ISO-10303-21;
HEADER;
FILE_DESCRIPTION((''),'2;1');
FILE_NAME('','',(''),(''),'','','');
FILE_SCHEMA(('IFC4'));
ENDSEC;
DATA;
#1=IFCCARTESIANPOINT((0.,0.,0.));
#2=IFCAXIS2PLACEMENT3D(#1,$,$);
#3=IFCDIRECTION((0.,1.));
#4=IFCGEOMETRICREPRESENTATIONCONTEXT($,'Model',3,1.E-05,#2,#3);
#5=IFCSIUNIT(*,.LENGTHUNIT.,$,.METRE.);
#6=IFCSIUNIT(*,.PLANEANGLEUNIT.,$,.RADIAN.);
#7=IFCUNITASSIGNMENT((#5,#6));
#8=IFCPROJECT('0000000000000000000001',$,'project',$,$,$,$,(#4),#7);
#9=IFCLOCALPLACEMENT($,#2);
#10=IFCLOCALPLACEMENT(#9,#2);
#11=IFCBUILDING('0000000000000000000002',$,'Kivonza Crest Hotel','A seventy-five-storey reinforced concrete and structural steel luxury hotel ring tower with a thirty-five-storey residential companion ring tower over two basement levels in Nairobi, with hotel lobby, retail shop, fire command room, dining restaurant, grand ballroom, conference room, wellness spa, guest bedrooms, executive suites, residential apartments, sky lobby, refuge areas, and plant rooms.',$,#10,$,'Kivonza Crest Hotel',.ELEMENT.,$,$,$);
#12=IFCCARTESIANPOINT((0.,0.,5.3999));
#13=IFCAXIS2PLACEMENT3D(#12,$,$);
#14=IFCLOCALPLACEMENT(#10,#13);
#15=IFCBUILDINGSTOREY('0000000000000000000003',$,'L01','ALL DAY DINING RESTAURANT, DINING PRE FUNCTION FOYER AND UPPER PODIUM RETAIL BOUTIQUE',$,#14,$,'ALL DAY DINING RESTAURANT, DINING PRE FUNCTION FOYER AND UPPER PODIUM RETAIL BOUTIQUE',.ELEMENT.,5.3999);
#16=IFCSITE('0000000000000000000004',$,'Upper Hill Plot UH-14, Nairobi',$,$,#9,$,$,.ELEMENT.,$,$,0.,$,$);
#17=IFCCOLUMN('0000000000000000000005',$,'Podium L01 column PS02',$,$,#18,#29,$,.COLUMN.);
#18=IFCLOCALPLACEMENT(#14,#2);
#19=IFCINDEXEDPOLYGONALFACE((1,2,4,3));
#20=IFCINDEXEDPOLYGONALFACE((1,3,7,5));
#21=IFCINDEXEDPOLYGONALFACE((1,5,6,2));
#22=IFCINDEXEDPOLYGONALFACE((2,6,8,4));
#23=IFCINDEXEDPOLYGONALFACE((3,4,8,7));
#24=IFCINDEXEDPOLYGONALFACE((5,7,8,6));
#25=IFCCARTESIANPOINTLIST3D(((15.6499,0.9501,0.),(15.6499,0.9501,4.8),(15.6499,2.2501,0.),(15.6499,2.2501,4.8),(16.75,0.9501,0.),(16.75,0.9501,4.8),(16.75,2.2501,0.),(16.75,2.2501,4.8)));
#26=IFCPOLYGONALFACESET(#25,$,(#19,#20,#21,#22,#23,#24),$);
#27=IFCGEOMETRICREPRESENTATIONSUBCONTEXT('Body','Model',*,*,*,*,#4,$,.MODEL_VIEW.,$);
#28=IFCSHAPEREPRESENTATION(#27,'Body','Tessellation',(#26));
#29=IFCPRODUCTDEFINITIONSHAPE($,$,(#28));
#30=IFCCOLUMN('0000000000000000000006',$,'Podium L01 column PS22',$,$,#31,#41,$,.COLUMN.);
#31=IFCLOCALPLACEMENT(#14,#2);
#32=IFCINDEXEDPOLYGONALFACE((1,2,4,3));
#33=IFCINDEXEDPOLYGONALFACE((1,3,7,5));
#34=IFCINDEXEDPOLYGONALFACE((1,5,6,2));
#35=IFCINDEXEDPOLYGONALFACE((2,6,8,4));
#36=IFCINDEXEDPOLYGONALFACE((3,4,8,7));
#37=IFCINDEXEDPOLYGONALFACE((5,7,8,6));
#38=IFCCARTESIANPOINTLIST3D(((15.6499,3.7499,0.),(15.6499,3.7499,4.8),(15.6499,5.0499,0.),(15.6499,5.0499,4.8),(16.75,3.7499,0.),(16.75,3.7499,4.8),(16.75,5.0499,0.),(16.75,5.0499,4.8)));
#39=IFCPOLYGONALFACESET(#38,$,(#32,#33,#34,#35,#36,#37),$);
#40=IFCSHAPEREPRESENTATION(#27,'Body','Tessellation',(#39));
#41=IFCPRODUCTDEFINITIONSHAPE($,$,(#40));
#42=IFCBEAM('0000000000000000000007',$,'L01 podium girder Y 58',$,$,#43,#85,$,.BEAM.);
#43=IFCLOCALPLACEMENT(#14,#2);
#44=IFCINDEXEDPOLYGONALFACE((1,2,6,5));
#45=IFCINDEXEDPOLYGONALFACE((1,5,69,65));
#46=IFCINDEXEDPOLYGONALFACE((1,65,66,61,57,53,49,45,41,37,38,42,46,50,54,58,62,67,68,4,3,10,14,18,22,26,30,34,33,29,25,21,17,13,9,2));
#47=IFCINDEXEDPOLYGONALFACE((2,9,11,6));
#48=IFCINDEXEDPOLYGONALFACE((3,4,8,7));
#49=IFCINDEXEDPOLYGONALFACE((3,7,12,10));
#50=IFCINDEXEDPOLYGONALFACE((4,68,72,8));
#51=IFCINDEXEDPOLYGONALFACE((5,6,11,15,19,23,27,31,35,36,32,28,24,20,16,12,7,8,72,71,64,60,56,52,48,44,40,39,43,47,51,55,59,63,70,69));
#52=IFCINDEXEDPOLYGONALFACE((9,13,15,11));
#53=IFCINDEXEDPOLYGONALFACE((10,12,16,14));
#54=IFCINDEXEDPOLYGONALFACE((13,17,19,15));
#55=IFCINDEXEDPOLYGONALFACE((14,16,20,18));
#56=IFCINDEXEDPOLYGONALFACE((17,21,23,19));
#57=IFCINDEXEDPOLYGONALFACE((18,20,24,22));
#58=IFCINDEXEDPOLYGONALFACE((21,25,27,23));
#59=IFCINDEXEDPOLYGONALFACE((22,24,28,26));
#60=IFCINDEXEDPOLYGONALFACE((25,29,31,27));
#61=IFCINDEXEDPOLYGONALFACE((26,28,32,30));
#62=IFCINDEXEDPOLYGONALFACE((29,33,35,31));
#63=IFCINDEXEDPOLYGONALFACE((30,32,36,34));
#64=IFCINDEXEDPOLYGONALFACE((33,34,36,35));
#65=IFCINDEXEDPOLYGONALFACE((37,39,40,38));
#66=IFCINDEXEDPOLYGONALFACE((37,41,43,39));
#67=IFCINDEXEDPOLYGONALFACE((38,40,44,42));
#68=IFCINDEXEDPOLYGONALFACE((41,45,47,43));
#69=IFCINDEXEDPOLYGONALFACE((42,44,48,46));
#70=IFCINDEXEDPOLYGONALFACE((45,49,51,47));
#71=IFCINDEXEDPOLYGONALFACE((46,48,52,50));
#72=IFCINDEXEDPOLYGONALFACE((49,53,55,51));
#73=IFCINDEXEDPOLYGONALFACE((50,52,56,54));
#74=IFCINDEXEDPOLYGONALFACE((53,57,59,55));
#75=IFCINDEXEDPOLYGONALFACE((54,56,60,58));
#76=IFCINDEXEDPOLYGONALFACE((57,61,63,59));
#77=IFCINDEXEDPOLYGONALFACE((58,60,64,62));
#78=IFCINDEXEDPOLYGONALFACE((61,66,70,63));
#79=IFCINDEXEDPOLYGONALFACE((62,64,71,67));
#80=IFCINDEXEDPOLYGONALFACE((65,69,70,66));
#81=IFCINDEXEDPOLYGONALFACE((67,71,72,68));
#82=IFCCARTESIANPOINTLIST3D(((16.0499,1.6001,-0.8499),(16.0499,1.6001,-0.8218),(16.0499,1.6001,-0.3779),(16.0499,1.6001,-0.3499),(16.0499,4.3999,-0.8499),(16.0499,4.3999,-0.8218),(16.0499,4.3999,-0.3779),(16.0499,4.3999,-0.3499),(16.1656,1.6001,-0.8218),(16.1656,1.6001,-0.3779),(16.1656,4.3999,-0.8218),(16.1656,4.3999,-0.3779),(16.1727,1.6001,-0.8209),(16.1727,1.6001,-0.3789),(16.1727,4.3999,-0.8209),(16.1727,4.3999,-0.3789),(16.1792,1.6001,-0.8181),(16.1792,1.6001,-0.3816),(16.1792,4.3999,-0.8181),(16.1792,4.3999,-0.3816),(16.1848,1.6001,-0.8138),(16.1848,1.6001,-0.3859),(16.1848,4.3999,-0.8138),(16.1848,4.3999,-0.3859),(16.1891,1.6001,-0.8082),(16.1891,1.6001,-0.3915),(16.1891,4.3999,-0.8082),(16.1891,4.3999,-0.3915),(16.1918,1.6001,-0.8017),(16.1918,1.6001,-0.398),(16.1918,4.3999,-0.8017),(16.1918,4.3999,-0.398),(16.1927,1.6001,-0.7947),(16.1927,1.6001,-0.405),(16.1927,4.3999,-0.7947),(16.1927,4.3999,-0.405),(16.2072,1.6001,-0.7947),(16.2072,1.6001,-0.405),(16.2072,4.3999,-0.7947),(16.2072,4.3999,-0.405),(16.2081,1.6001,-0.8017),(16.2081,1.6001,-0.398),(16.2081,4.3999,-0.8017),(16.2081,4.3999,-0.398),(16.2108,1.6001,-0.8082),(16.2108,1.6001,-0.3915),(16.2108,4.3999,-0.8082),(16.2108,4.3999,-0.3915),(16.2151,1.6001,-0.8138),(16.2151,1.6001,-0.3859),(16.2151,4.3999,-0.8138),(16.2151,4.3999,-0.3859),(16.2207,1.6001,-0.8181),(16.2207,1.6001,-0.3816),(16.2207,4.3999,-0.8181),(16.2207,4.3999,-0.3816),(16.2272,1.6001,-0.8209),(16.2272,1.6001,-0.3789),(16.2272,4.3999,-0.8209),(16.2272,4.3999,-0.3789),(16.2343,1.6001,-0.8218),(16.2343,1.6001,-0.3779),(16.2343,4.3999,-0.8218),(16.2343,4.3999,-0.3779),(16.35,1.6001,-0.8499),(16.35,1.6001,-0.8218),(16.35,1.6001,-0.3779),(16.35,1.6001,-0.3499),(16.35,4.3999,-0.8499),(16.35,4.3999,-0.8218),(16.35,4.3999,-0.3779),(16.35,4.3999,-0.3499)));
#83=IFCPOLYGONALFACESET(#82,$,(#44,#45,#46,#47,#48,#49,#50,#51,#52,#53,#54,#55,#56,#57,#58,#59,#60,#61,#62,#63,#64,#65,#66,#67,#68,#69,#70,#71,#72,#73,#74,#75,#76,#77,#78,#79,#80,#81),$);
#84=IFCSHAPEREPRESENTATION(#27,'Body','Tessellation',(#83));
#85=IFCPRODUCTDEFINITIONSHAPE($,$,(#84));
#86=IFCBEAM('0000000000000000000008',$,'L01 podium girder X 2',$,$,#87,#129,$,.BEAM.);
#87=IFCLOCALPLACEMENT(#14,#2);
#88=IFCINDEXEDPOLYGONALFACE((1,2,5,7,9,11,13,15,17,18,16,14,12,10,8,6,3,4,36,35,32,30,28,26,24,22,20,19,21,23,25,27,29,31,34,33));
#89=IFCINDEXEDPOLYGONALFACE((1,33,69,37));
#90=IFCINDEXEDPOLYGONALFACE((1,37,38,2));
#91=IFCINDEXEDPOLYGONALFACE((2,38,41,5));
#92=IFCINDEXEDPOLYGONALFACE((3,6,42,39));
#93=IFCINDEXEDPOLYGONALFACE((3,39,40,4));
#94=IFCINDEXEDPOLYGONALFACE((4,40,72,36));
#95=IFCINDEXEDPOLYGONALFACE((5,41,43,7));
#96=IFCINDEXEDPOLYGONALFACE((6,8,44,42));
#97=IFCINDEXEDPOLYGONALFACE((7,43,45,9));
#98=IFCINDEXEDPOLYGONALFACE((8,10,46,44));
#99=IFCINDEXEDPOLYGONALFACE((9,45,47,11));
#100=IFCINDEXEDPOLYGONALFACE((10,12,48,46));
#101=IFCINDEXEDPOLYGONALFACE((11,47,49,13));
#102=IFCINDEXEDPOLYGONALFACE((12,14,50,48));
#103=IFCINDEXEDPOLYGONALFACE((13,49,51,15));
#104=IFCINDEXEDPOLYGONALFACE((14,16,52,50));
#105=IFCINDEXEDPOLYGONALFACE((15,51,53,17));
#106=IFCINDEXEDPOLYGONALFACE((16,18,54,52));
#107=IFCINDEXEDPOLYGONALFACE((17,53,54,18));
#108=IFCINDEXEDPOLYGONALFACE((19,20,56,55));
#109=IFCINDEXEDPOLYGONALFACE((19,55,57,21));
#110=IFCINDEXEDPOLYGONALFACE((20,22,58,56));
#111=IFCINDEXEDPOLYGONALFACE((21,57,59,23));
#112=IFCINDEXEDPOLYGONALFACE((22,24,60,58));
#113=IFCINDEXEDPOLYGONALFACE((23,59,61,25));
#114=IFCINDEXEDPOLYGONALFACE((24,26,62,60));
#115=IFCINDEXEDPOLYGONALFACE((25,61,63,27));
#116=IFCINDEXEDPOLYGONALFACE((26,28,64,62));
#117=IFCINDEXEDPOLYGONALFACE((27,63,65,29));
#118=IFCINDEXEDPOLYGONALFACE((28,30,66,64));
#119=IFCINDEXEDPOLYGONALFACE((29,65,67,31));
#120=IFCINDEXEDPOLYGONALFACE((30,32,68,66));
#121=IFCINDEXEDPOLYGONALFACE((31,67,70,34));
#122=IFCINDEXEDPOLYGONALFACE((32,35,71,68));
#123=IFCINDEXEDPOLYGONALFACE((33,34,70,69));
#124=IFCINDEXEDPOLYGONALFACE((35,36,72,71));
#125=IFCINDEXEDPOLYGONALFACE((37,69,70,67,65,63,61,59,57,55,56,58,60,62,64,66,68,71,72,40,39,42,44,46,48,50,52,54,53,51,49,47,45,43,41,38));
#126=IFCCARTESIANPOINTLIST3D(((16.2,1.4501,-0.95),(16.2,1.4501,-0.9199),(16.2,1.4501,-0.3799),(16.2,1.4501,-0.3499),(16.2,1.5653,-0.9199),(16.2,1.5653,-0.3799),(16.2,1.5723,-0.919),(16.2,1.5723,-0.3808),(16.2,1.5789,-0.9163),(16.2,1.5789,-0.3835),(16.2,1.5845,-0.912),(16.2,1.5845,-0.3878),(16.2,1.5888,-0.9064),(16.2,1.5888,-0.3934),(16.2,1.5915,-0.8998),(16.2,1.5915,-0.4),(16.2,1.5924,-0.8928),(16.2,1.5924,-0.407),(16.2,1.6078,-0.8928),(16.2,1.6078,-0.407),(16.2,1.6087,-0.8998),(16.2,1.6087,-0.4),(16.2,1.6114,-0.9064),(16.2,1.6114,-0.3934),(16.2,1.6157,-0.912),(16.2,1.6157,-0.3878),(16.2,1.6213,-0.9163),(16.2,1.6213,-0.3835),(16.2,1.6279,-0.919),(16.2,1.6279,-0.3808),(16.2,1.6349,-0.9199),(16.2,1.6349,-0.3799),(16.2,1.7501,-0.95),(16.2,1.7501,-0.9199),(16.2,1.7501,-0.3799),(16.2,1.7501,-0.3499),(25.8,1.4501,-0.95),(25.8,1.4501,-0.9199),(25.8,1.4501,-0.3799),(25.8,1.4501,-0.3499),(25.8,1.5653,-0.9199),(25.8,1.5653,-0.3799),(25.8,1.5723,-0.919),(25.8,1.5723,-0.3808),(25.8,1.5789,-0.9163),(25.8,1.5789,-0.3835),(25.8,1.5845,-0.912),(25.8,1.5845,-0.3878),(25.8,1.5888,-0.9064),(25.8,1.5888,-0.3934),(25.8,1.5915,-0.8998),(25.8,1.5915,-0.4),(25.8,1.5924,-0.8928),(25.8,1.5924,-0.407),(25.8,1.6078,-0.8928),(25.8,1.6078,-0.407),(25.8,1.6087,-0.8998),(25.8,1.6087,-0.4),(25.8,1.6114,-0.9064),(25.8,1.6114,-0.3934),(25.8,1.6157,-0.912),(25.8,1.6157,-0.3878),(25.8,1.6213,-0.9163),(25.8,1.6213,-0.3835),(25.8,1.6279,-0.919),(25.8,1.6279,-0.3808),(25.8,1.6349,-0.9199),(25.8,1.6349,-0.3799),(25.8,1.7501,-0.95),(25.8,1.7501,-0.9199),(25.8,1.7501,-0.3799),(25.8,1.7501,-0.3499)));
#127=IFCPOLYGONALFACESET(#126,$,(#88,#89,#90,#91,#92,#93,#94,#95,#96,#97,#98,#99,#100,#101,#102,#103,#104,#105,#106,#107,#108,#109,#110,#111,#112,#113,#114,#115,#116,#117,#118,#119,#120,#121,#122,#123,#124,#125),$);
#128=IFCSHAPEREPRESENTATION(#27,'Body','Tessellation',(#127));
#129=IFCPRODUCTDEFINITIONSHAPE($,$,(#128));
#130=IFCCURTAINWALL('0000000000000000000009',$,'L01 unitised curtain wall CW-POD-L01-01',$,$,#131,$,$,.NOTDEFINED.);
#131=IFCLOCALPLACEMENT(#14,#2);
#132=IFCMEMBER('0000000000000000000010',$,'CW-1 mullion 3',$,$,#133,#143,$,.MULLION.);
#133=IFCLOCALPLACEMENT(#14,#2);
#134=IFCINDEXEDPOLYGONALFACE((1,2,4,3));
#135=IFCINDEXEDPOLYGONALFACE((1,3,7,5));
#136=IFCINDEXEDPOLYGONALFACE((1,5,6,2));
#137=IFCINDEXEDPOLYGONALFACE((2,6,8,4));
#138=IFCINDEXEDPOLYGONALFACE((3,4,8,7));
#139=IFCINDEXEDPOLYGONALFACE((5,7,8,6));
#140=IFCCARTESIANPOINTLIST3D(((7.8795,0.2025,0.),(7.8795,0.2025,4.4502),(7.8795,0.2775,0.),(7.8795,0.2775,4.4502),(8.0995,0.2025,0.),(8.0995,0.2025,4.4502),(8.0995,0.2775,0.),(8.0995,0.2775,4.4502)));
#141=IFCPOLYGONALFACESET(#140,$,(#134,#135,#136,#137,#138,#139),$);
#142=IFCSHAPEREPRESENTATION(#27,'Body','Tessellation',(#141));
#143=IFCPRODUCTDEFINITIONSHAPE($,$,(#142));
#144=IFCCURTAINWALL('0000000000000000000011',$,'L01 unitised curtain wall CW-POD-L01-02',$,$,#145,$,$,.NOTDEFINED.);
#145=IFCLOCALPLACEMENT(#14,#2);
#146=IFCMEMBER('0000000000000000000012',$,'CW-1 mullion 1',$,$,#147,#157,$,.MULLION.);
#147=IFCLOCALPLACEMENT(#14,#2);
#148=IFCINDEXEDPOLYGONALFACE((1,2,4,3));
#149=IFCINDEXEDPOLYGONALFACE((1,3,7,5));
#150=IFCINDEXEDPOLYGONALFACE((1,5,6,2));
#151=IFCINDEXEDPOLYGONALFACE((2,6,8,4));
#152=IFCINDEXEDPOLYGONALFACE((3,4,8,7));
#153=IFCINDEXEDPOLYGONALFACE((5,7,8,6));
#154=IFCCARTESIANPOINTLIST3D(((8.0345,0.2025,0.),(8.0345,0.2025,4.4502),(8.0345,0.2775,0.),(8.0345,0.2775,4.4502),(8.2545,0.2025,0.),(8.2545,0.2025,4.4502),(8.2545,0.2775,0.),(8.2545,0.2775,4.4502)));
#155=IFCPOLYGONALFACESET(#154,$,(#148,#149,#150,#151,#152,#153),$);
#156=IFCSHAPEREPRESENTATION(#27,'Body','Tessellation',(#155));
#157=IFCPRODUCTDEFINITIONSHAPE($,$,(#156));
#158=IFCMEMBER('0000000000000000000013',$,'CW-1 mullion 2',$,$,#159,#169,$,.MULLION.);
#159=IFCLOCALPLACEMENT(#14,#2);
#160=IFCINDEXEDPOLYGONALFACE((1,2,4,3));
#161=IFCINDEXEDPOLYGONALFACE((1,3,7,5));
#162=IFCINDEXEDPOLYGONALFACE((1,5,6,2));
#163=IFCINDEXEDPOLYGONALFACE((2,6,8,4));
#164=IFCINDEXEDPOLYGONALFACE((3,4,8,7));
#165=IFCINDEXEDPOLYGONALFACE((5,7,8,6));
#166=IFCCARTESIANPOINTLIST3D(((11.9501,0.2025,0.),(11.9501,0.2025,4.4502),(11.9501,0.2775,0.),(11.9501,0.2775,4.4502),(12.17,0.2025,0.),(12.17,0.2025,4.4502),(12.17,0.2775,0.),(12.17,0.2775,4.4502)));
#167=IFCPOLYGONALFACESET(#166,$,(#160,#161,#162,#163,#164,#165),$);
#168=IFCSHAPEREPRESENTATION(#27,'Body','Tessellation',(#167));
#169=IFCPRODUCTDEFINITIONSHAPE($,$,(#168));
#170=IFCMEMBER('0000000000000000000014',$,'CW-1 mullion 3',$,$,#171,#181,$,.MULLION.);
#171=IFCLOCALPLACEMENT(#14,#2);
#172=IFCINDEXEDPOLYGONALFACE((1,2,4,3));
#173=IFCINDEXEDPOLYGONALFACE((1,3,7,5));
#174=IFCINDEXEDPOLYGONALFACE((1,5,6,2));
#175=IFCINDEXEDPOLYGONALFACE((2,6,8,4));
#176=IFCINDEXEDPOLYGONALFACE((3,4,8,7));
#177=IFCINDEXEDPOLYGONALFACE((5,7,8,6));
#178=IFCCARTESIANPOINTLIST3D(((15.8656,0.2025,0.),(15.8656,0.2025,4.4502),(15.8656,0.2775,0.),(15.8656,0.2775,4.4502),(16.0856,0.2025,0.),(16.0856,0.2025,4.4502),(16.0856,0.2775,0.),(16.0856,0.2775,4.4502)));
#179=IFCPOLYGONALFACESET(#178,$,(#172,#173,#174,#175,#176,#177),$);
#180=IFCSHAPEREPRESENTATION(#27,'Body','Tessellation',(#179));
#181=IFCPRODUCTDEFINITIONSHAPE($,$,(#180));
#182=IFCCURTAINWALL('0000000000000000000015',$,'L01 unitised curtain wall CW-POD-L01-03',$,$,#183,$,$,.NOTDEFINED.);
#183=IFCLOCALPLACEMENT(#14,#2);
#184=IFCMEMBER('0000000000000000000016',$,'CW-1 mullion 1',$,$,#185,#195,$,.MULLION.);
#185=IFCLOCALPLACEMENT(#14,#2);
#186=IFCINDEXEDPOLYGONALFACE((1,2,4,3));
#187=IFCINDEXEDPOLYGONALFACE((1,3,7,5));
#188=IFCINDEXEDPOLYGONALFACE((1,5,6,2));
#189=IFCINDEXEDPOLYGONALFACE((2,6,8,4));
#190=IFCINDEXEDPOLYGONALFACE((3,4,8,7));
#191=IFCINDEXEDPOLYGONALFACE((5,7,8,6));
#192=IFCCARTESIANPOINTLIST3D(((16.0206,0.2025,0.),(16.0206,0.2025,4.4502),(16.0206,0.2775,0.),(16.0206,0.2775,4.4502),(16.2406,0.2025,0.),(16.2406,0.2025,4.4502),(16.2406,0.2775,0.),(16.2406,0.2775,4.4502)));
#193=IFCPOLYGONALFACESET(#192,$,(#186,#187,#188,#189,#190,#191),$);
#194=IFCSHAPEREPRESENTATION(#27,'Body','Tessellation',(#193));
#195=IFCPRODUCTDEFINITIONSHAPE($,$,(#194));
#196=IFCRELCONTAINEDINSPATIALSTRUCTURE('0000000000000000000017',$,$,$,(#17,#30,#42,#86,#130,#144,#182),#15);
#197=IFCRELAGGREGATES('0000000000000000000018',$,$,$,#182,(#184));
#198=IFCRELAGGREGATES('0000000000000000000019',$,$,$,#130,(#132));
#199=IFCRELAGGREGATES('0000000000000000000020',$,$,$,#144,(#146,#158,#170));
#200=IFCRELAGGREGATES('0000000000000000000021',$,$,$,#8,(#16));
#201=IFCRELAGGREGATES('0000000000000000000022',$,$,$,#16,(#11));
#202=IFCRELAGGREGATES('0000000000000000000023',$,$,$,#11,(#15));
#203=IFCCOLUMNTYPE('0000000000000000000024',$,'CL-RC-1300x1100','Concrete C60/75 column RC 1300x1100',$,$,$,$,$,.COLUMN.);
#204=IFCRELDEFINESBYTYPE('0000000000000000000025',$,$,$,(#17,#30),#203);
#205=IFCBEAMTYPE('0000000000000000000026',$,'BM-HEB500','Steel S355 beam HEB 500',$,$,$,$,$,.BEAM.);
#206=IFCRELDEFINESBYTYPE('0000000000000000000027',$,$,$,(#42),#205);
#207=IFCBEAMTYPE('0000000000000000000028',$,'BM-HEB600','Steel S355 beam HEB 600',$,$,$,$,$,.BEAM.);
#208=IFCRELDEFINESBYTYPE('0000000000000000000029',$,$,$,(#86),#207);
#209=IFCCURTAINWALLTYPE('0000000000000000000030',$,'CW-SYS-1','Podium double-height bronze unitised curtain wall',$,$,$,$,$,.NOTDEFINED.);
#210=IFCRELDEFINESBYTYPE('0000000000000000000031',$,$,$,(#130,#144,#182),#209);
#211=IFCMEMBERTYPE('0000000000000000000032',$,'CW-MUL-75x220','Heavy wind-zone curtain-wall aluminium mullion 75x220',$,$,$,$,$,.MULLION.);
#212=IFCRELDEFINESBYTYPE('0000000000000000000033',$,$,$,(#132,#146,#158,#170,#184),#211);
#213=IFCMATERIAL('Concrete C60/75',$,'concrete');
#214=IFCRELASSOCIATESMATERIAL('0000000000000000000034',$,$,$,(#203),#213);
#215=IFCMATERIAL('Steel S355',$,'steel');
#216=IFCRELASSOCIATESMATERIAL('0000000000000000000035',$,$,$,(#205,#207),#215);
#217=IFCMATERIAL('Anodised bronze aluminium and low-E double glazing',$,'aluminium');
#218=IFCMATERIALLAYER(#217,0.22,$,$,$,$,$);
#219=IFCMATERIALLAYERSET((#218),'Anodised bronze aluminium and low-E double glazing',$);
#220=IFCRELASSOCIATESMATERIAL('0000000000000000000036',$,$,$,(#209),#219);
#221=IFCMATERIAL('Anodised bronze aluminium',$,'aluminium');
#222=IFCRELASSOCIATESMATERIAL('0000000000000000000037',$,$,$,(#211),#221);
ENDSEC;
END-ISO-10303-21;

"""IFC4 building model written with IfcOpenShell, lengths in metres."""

from ifc_helpers import new_model, si_unit, direction, frame, origin, origin_2d, place, context, subcontext, project, spatial, rectangle, i_section, extrude, material, layer, layer_set, material_profile, profile_set, type_object, element, aggregate, save


model = new_model("IFC4")

# Units and contexts
model_context = context("Model", 3, precision=1e-05, world=origin(), true_north=direction((0.0, 1.0)))
body_context = subcontext(model_context, "Body", "Model", "MODEL_VIEW")
ifc_project = project(units=[si_unit("LENGTHUNIT", "METRE"), si_unit("PLANEANGLEUNIT", "RADIAN")], contexts=[model_context])

# Site, building, storey
site_placement = place(None, origin())
site = spatial("IfcSite", under=ifc_project, at=site_placement, Name="Upper Hill Plot UH-14, Nairobi", CompositionType="ELEMENT", RefElevation=0.0)
building_placement = place(site_placement, origin())
building = spatial("IfcBuilding", under=site, at=building_placement, Name="Kivonza Crest Hotel", Description="A seventy-five-storey reinforced concrete and structural steel luxury hotel ring tower with a thirty-five-storey residential companion ring tower over two basement levels in Nairobi, with hotel lobby, retail shop, fire command room, dining restaurant, grand ballroom, conference room, wellness spa, guest bedrooms, executive suites, residential apartments, sky lobby, refuge areas, and plant rooms.", LongName="Kivonza Crest Hotel", CompositionType="ELEMENT")
storey_placement = place(building_placement, frame((0.0, 0.0, 5.3999)))
storey = spatial("IfcBuildingStorey", under=building, at=storey_placement, Name="L01", Description="ALL DAY DINING RESTAURANT, DINING PRE FUNCTION FOYER AND UPPER PODIUM RETAIL BOUTIQUE", LongName="ALL DAY DINING RESTAURANT, DINING PRE FUNCTION FOYER AND UPPER PODIUM RETAIL BOUTIQUE", CompositionType="ELEMENT", Elevation=5.3999)

# Columns
ifc_material_1 = material(Name="Concrete C60/75", Category="concrete")
ifc_material_profile_1 = material_profile(ifc_material_1, rectangle(XDim=1.1001, YDim=1.3, at=origin_2d()), Name="RC 1300x1100")
ifc_profile_set_1 = profile_set([ifc_material_profile_1], Name="Concrete C60/75")
column_type = type_object("IfcColumnType", Name="CL-RC-1300x1100", Description="Concrete C60/75 column RC 1300x1100", PredefinedType="COLUMN", material=ifc_profile_set_1)
for number, where, z_axis, x_axis, name in (
    (1, (16.2, 1.6001, 0.0), (0.0, 0.0, 1.0), (1.0, 0.0, 0.0), "Podium L01 column PS02"),
    (2, (16.2, 4.3999, 0.0), (0.0, 0.0, 1.0), (1.0, 0.0, 0.0), "Podium L01 column PS22"),
):
    element("IfcColumn", number, at=place(storey_placement, frame(where, z_axis=z_axis, x_axis=x_axis)), inside=storey, type_object=column_type, Name=name, PredefinedType="COLUMN", context=body_context, shape_type="SweptSolid", body=[
        extrude(rectangle(XDim=1.1001, YDim=1.3, at=origin_2d()), origin(), (0.0, 0.0, 1.0), 4.8),
    ])

# Beams
ifc_material_2 = material(Name="Steel S355", Category="steel")
ifc_material_profile_2 = material_profile(ifc_material_2, i_section(OverallWidth=0.3, OverallDepth=0.5, WebThickness=0.0144, FlangeThickness=0.0281, FilletRadius=0.0271, at=origin_2d()), Name="HEB 500")
ifc_profile_set_2 = profile_set([ifc_material_profile_2], Name="Steel S355")
beam_type_1 = type_object("IfcBeamType", Name="BM-HEB500", Description="Steel S355 beam HEB 500", PredefinedType="BEAM", material=ifc_profile_set_2)
beam_1_placement = place(storey_placement, frame((16.2, 1.6001, -0.5999), z_axis=(0.0, 1.0, 0.0), x_axis=(-1.0, 0.0, 0.0)))
element("IfcBeam", 3, at=beam_1_placement, inside=storey, type_object=beam_type_1, Name="L01 podium girder Y 58", PredefinedType="BEAM", context=body_context, shape_type="SweptSolid", body=[
    extrude(i_section(OverallWidth=0.3, OverallDepth=0.5, WebThickness=0.0144, FlangeThickness=0.0281, FilletRadius=0.0271, at=origin_2d()), origin(), (0.0, 0.0, 1.0), 2.7998),
])
ifc_material_profile_3 = material_profile(ifc_material_2, i_section(OverallWidth=0.3, OverallDepth=0.6001, WebThickness=0.0154, FlangeThickness=0.03, FilletRadius=0.0271, at=origin_2d()), Name="HEB 600")
ifc_profile_set_3 = profile_set([ifc_material_profile_3], Name="Steel S355")
beam_type_2 = type_object("IfcBeamType", Name="BM-HEB600", Description="Steel S355 beam HEB 600", PredefinedType="BEAM", material=ifc_profile_set_3)
beam_2_placement = place(storey_placement, frame((16.2, 1.6001, -0.6499), z_axis=(1.0, 0.0, 0.0), x_axis=(0.0, 1.0, 0.0)))
element("IfcBeam", 4, at=beam_2_placement, inside=storey, type_object=beam_type_2, Name="L01 podium girder X 2", PredefinedType="BEAM", context=body_context, shape_type="SweptSolid", body=[
    extrude(i_section(OverallWidth=0.3, OverallDepth=0.6001, WebThickness=0.0154, FlangeThickness=0.03, FilletRadius=0.0271, at=origin_2d()), origin(), (0.0, 0.0, 1.0), 9.6001),
])

# Curtain wall, member
ifc_material_3 = material(Name="Anodised bronze aluminium and low-E double glazing", Category="aluminium")
ifc_layer_1 = layer(ifc_material_3, 0.22)
ifc_layer_set_1 = layer_set([ifc_layer_1], Name="Anodised bronze aluminium and low-E double glazing")
curtain_wall_type = type_object("IfcCurtainWallType", Name="CW-SYS-1", Description="Podium double-height bronze unitised curtain wall", PredefinedType="NOTDEFINED", material=ifc_layer_set_1)
curtain_wall_1_placement = place(storey_placement, origin())
curtain_wall_1 = element("IfcCurtainWall", 5, at=curtain_wall_1_placement, inside=storey, type_object=curtain_wall_type, Name="L01 unitised curtain wall CW-POD-L01-01", PredefinedType="NOTDEFINED")
ifc_material_4 = material(Name="Anodised bronze aluminium", Category="aluminium")
ifc_material_profile_4 = material_profile(ifc_material_4, rectangle(XDim=0.075, YDim=0.22, at=origin_2d()), Name="CW-M 75x220")
ifc_profile_set_4 = profile_set([ifc_material_profile_4], Name="Anodised bronze aluminium")
member_type_1 = type_object("IfcMemberType", Name="CW-MUL-75x220", Description="Heavy wind-zone curtain-wall aluminium mullion 75x220", PredefinedType="MULLION", material=ifc_profile_set_4)
member_1_placement = place(storey_placement, frame((7.9895, 0.24, 0.0), z_axis=(0.0, 0.0, 1.0), x_axis=(0.0, 1.0, 0.0)))
member_1 = element("IfcMember", 6, at=member_1_placement, type_object=member_type_1, Name="CW-1 mullion 3", PredefinedType="MULLION", context=body_context, shape_type="SweptSolid", body=[
    extrude(rectangle(XDim=0.075, YDim=0.22, at=origin_2d()), origin(), (0.0, 0.0, 1.0), 4.4502),
])

# Curtain wall, members
curtain_wall_2_placement = place(storey_placement, origin())
curtain_wall_2 = element("IfcCurtainWall", 7, at=curtain_wall_2_placement, inside=storey, type_object=curtain_wall_type, Name="L01 unitised curtain wall CW-POD-L01-02", PredefinedType="NOTDEFINED")
member_2_placement = place(storey_placement, frame((8.1445, 0.24, 0.0), z_axis=(0.0, 0.0, 1.0), x_axis=(0.0, 1.0, 0.0)))
member_2 = element("IfcMember", 8, at=member_2_placement, type_object=member_type_1, Name="CW-1 mullion 1", PredefinedType="MULLION", context=body_context, shape_type="SweptSolid", body=[
    extrude(rectangle(XDim=0.075, YDim=0.22, at=origin_2d()), origin(), (0.0, 0.0, 1.0), 4.4502),
])
member_3_placement = place(storey_placement, frame((12.0601, 0.24, 0.0), z_axis=(0.0, 0.0, 1.0), x_axis=(0.0, 1.0, 0.0)))
member_3 = element("IfcMember", 9, at=member_3_placement, type_object=member_type_1, Name="CW-1 mullion 2", PredefinedType="MULLION", context=body_context, shape_type="SweptSolid", body=[
    extrude(rectangle(XDim=0.075, YDim=0.22, at=origin_2d()), origin(), (0.0, 0.0, 1.0), 4.4502),
])
member_4_placement = place(storey_placement, frame((15.9756, 0.24, 0.0), z_axis=(0.0, 0.0, 1.0), x_axis=(0.0, 1.0, 0.0)))
member_4 = element("IfcMember", 10, at=member_4_placement, type_object=member_type_1, Name="CW-1 mullion 3", PredefinedType="MULLION", context=body_context, shape_type="SweptSolid", body=[
    extrude(rectangle(XDim=0.075, YDim=0.22, at=origin_2d()), origin(), (0.0, 0.0, 1.0), 4.4502),
])

# Curtain wall, member
curtain_wall_3_placement = place(storey_placement, origin())
curtain_wall_3 = element("IfcCurtainWall", 11, at=curtain_wall_3_placement, inside=storey, type_object=curtain_wall_type, Name="L01 unitised curtain wall CW-POD-L01-03", PredefinedType="NOTDEFINED")
member_5_placement = place(storey_placement, frame((16.1306, 0.24, 0.0), z_axis=(0.0, 0.0, 1.0), x_axis=(0.0, 1.0, 0.0)))
member_5 = element("IfcMember", 12, at=member_5_placement, type_object=member_type_1, Name="CW-1 mullion 1", PredefinedType="MULLION", context=body_context, shape_type="SweptSolid", body=[
    extrude(rectangle(XDim=0.075, YDim=0.22, at=origin_2d()), origin(), (0.0, 0.0, 1.0), 4.4502),
])

aggregate(curtain_wall_3, [member_5])

aggregate(curtain_wall_1, [member_1])
aggregate(curtain_wall_2, [member_2, member_3, member_4])

save(model, "model.ifc")
